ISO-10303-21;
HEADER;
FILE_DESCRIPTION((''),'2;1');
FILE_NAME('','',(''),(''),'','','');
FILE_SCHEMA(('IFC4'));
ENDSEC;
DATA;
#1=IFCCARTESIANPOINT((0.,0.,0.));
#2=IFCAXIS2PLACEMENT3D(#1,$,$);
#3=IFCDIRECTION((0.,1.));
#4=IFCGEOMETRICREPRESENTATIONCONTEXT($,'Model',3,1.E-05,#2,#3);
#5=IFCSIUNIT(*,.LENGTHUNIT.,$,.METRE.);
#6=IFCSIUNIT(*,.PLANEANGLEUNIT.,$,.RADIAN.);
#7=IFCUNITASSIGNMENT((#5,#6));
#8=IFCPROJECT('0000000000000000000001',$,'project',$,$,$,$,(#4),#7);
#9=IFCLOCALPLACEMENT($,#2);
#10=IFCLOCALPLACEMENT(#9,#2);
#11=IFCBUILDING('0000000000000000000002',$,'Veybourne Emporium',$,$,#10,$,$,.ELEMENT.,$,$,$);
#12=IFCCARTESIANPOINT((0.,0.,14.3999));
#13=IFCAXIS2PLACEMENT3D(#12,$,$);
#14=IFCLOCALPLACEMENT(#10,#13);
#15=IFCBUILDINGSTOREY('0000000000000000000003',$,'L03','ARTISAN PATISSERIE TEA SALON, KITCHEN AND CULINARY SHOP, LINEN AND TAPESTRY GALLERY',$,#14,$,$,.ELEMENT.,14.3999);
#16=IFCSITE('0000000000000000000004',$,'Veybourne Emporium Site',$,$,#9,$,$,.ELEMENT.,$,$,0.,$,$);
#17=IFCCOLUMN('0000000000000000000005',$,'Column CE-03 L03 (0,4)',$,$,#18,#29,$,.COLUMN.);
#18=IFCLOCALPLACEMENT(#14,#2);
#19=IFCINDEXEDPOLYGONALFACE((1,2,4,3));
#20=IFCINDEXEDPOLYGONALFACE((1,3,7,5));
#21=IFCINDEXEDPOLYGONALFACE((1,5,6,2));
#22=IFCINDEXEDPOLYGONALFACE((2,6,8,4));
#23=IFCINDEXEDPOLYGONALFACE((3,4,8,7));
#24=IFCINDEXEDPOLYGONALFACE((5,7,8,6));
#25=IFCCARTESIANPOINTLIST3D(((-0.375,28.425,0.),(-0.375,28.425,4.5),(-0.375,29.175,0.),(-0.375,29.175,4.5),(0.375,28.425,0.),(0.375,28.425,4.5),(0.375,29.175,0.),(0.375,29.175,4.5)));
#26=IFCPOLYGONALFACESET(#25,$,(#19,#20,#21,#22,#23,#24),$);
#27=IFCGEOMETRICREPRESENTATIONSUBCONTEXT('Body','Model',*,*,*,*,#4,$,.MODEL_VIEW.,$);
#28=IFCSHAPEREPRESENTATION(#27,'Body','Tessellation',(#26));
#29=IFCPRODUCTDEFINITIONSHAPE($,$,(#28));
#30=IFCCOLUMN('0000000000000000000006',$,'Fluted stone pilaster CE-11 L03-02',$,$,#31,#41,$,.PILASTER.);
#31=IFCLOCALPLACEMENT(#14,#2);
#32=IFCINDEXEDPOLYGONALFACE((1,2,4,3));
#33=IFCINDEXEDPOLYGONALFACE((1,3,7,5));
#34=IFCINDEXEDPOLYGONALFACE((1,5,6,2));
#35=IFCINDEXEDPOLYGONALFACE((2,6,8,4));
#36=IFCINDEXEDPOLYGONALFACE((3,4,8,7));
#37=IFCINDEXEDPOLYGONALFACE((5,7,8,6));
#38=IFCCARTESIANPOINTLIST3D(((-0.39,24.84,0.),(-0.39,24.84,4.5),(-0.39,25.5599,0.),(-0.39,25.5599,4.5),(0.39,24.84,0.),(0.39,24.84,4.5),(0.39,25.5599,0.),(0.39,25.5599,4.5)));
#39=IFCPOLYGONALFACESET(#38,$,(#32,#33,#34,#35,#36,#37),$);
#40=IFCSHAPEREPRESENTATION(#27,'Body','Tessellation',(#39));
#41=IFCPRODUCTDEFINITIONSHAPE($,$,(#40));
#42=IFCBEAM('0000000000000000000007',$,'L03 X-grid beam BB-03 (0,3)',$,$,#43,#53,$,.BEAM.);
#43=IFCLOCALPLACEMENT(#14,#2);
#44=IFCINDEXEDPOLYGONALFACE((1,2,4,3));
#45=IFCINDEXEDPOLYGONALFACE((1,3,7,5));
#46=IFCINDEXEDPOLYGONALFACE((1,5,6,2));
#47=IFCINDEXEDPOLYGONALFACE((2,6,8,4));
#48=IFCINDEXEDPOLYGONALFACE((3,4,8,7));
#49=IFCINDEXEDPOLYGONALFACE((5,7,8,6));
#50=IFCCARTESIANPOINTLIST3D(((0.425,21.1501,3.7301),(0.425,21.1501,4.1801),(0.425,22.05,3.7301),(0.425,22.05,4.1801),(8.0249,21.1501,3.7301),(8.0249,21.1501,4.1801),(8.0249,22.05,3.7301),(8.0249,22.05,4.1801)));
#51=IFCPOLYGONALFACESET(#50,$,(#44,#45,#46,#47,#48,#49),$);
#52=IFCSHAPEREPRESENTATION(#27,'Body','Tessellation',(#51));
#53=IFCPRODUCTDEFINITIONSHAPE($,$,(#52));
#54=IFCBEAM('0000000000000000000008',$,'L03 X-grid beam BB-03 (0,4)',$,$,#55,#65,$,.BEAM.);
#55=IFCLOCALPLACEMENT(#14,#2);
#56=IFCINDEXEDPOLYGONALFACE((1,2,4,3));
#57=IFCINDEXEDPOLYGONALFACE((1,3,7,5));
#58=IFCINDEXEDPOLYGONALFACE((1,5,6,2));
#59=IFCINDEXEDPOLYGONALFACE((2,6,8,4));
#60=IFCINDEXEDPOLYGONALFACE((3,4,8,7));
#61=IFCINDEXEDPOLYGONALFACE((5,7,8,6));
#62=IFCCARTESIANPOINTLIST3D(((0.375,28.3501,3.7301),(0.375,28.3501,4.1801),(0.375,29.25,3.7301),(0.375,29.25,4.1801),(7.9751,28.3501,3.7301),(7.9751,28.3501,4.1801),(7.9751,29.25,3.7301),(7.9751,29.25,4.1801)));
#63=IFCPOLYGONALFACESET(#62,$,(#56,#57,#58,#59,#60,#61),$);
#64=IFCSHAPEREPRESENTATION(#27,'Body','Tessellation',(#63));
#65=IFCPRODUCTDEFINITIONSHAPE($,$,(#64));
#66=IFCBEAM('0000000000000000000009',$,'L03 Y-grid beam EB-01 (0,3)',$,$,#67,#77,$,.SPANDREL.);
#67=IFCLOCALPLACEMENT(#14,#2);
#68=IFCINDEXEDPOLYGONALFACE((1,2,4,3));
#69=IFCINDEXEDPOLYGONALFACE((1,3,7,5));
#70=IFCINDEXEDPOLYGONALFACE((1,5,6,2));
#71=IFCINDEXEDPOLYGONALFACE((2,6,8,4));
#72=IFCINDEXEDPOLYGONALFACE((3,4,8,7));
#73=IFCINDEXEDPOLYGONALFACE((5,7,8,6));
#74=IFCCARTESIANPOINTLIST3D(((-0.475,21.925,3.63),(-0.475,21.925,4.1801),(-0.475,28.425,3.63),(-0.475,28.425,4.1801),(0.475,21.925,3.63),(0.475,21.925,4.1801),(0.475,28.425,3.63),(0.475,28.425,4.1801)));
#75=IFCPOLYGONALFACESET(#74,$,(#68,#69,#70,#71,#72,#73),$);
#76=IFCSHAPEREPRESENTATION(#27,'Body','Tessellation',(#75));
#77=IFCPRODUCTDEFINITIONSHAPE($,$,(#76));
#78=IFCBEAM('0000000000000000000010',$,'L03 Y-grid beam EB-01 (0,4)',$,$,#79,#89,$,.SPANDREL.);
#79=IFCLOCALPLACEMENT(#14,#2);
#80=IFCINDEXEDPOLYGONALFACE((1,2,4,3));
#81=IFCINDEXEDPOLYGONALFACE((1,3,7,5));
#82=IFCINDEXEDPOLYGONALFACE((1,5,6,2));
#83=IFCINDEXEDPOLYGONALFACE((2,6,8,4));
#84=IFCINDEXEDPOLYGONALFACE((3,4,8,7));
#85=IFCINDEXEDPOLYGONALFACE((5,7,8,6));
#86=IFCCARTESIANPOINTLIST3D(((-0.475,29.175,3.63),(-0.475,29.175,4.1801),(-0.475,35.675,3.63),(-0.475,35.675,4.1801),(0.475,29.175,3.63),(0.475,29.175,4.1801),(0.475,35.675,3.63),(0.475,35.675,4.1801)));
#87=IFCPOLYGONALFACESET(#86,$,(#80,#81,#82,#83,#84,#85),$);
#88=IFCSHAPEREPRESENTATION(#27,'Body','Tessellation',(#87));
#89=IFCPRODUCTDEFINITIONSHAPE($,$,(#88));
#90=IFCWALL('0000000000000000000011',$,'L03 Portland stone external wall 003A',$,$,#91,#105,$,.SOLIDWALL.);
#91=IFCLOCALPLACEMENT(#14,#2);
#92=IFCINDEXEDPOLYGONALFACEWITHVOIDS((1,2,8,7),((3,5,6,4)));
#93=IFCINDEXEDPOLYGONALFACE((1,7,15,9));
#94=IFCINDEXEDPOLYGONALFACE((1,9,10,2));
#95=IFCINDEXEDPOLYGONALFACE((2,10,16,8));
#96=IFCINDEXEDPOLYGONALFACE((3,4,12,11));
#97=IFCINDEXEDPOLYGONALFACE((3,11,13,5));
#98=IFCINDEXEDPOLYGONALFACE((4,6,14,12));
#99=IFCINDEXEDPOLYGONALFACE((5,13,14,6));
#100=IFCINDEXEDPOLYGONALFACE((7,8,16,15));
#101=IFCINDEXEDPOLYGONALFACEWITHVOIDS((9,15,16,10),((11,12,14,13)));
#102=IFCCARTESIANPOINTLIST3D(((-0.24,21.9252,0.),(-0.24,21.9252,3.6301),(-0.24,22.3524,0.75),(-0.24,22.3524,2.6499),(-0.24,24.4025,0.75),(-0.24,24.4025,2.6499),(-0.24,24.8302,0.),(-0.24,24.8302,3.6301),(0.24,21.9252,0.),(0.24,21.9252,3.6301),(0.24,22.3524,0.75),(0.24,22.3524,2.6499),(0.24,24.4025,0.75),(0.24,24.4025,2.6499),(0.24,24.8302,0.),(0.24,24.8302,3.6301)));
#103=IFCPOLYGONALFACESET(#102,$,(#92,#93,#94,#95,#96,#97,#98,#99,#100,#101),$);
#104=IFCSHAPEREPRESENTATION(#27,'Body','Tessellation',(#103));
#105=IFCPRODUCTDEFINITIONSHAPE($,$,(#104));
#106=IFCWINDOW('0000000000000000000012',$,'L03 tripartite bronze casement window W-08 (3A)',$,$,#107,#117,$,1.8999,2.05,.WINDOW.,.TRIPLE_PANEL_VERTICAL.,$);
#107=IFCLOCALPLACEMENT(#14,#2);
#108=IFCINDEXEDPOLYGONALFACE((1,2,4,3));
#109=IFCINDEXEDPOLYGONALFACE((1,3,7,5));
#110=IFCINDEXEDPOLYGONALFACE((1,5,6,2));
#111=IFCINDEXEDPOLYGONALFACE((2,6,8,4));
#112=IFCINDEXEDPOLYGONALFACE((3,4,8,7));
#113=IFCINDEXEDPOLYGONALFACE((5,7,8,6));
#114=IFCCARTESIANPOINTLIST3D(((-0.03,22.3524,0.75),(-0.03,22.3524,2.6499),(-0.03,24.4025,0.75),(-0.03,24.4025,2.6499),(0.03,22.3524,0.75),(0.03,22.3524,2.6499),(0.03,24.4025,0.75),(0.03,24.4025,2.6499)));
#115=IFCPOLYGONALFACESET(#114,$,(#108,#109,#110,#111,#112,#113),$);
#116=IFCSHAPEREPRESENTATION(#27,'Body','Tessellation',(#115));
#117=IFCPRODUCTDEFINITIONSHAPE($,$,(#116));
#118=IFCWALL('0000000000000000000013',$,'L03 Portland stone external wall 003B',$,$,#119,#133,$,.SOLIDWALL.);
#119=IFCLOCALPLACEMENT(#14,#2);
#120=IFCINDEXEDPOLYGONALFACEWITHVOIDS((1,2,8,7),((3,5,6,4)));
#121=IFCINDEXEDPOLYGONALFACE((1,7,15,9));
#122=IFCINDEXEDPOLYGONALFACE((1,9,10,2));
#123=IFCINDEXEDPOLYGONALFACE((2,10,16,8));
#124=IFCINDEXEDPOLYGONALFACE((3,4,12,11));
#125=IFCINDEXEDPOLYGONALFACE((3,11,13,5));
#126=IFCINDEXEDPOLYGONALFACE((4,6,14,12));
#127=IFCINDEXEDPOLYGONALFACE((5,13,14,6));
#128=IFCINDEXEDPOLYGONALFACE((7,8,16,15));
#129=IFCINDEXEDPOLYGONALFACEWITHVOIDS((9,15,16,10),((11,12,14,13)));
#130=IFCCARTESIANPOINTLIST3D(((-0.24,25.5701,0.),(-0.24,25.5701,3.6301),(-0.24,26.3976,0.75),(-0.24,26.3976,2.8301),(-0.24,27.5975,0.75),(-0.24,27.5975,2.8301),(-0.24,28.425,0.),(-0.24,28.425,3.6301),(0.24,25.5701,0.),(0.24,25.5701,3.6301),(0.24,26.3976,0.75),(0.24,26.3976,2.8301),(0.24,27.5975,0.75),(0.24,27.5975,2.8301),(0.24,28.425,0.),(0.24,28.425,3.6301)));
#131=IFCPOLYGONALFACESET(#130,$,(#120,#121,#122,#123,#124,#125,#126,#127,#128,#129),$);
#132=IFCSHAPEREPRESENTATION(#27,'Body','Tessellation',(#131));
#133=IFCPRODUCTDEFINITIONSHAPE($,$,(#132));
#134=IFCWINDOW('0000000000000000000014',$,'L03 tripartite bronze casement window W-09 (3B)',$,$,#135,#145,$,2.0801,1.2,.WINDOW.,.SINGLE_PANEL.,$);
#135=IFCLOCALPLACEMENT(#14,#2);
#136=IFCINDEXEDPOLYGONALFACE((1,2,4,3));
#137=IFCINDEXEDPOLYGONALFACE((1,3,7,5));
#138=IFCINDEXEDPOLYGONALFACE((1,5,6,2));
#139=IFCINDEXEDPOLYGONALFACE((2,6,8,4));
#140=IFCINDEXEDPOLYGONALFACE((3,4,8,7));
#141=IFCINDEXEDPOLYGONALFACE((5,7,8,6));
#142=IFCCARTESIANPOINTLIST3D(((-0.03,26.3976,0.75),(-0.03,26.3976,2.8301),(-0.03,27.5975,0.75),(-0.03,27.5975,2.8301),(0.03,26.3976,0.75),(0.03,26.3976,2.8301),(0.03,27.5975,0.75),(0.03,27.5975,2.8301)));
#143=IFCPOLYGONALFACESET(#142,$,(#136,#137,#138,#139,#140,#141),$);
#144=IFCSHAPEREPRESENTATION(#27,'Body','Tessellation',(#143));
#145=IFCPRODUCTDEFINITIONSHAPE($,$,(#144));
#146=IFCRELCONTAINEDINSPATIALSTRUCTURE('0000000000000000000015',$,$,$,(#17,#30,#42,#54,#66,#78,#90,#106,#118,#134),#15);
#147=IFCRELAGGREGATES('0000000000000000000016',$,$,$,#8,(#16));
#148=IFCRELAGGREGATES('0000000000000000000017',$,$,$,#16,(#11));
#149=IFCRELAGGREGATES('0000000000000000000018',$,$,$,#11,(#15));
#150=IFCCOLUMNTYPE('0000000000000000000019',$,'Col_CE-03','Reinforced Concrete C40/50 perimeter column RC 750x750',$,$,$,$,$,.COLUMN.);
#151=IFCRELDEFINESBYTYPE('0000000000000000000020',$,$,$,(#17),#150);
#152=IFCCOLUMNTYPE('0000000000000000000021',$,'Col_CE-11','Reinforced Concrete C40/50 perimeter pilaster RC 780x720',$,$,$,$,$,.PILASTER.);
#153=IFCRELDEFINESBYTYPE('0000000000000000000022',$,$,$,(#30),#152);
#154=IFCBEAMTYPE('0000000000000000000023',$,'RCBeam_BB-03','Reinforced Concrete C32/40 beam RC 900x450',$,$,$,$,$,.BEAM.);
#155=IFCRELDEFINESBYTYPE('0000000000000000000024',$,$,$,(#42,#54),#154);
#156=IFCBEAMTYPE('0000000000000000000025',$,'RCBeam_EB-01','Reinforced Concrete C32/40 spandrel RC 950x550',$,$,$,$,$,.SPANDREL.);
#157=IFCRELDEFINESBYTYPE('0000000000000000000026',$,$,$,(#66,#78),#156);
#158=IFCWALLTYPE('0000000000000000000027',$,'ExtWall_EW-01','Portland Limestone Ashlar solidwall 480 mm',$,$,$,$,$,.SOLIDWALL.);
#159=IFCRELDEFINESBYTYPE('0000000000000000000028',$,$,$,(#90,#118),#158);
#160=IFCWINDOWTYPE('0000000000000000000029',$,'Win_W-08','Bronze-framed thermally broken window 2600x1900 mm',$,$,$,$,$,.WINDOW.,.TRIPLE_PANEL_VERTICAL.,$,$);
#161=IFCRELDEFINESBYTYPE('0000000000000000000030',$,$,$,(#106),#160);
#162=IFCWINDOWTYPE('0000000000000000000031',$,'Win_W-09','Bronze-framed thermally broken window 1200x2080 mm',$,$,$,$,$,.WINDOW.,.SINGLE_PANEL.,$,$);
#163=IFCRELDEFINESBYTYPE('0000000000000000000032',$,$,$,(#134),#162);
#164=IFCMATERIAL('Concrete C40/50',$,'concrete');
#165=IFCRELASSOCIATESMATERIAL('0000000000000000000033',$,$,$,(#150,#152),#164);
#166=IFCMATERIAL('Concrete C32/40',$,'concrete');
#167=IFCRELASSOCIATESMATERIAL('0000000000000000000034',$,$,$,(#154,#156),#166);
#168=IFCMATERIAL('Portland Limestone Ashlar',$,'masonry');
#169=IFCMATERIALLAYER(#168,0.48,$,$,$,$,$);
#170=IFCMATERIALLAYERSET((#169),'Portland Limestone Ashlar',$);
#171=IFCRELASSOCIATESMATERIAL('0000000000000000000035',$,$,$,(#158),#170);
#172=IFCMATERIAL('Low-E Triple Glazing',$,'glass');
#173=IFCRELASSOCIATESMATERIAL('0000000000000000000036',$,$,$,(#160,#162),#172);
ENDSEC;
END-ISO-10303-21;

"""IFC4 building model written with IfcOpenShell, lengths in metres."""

from ifc_helpers import new_model, si_unit, direction, frame, frame_2d, origin, origin_2d, place, context, subcontext, project, spatial, rectangle, extrude, material, layer, layer_set, material_profile, profile_set, type_object, element, fill, save


model = new_model("IFC4")

# Units and contexts
model_context = context("Model", 3, precision=1e-05, world=origin(), true_north=direction((0.0, 1.0)))
body_context = subcontext(model_context, "Body", "Model", "MODEL_VIEW")
ifc_project = project(units=[si_unit("LENGTHUNIT", "METRE"), si_unit("PLANEANGLEUNIT", "RADIAN")], contexts=[model_context])

# Site, building, storey
site_placement = place(None, origin())
site = spatial("IfcSite", under=ifc_project, at=site_placement, Name="Veybourne Emporium Site", CompositionType="ELEMENT", RefElevation=0.0)
building_placement = place(site_placement, origin())
building = spatial("IfcBuilding", under=site, at=building_placement, Name="Veybourne Emporium", CompositionType="ELEMENT")
storey_placement = place(building_placement, frame((0.0, 0.0, 14.3999)))
storey = spatial("IfcBuildingStorey", under=building, at=storey_placement, Name="L03", Description="ARTISAN PATISSERIE TEA SALON, KITCHEN AND CULINARY SHOP, LINEN AND TAPESTRY GALLERY", CompositionType="ELEMENT", Elevation=14.3999)

# Columns
ifc_material_1 = material(Name="Concrete C40/50", Category="concrete")
ifc_material_profile_1 = material_profile(ifc_material_1, rectangle(XDim=0.75, YDim=0.75, at=origin_2d()), Name="RC 750x750")
ifc_profile_set_1 = profile_set([ifc_material_profile_1], Name="Concrete C40/50")
column_type_1 = type_object("IfcColumnType", Name="Col_CE-03", Description="Reinforced Concrete C40/50 perimeter column RC 750x750", PredefinedType="COLUMN", material=ifc_profile_set_1)
column_1_placement = place(storey_placement, frame((0.0, 28.8, 0.0), z_axis=(0.0, 0.0, 1.0), x_axis=(1.0, 0.0, 0.0)))
element("IfcColumn", 1, at=column_1_placement, inside=storey, type_object=column_type_1, Name="Column CE-03 L03 (0,4)", PredefinedType="COLUMN", context=body_context, shape_type="SweptSolid", body=[
    extrude(rectangle(XDim=0.75, YDim=0.75, at=origin_2d()), origin(), (0.0, 0.0, 1.0), 4.5),
])
ifc_material_profile_2 = material_profile(ifc_material_1, rectangle(XDim=0.78, YDim=0.72, at=origin_2d()), Name="RC 780x720")
ifc_profile_set_2 = profile_set([ifc_material_profile_2], Name="Concrete C40/50")
column_type_2 = type_object("IfcColumnType", Name="Col_CE-11", Description="Reinforced Concrete C40/50 perimeter pilaster RC 780x720", PredefinedType="PILASTER", material=ifc_profile_set_2)
column_2_placement = place(storey_placement, frame((0.0, 25.2, 0.0), z_axis=(0.0, 0.0, 1.0), x_axis=(1.0, 0.0, 0.0)))
element("IfcColumn", 2, at=column_2_placement, inside=storey, type_object=column_type_2, Name="Fluted stone pilaster CE-11 L03-02", PredefinedType="PILASTER", context=body_context, shape_type="SweptSolid", body=[
    extrude(rectangle(XDim=0.78, YDim=0.72, at=origin_2d()), origin(), (0.0, 0.0, 1.0), 4.5),
])

# Beams
ifc_material_2 = material(Name="Concrete C32/40", Category="concrete")
ifc_material_profile_3 = material_profile(ifc_material_2, rectangle(XDim=0.8999, YDim=0.45, at=origin_2d()), Name="RC 900x450")
ifc_profile_set_3 = profile_set([ifc_material_profile_3], Name="Concrete C32/40")
beam_type_1 = type_object("IfcBeamType", Name="RCBeam_BB-03", Description="Reinforced Concrete C32/40 beam RC 900x450", PredefinedType="BEAM", material=ifc_profile_set_3)
beam_1_placement = place(storey_placement, frame((0.425, 21.6001, 3.9551), z_axis=(1.0, 0.0, 0.0), x_axis=(0.0, 1.0, 0.0)))
element("IfcBeam", 3, at=beam_1_placement, inside=storey, type_object=beam_type_1, Name="L03 X-grid beam BB-03 (0,3)", PredefinedType="BEAM", context=body_context, shape_type="SweptSolid", body=[
    extrude(rectangle(XDim=0.8999, YDim=0.45, at=origin_2d()), origin(), (0.0, 0.0, 1.0), 7.5999),
])
beam_2_placement = place(storey_placement, frame((0.375, 28.8, 3.9551), z_axis=(1.0, 0.0, 0.0), x_axis=(0.0, 1.0, 0.0)))
element("IfcBeam", 4, at=beam_2_placement, inside=storey, type_object=beam_type_1, Name="L03 X-grid beam BB-03 (0,4)", PredefinedType="BEAM", context=body_context, shape_type="SweptSolid", body=[
    extrude(rectangle(XDim=0.8999, YDim=0.45, at=origin_2d()), origin(), (0.0, 0.0, 1.0), 7.6001),
])
ifc_material_profile_4 = material_profile(ifc_material_2, rectangle(XDim=0.95, YDim=0.55, at=origin_2d()), Name="RC 950x550")
ifc_profile_set_4 = profile_set([ifc_material_profile_4], Name="Concrete C32/40")
beam_type_2 = type_object("IfcBeamType", Name="RCBeam_EB-01", Description="Reinforced Concrete C32/40 spandrel RC 950x550", PredefinedType="SPANDREL", material=ifc_profile_set_4)
for number, where, z_axis, x_axis, name in (
    (5, (0.0, 21.925, 3.905), (0.0, 1.0, 0.0), (-1.0, 0.0, 0.0), "L03 Y-grid beam EB-01 (0,3)"),
    (6, (0.0, 29.175, 3.905), (0.0, 1.0, 0.0), (-1.0, 0.0, 0.0), "L03 Y-grid beam EB-01 (0,4)"),
):
    element("IfcBeam", number, at=place(storey_placement, frame(where, z_axis=z_axis, x_axis=x_axis)), inside=storey, type_object=beam_type_2, Name=name, PredefinedType="SPANDREL", context=body_context, shape_type="SweptSolid", body=[
        extrude(rectangle(XDim=0.95, YDim=0.55, at=origin_2d()), origin(), (0.0, 0.0, 1.0), 6.5),
    ])

# Walls, openings, windows
ifc_material_3 = material(Name="Portland Limestone Ashlar", Category="masonry")
ifc_layer_1 = layer(ifc_material_3, 0.48)
ifc_layer_set_1 = layer_set([ifc_layer_1], Name="Portland Limestone Ashlar")
wall_type_1 = type_object("IfcWallType", Name="ExtWall_EW-01", Description="Portland Limestone Ashlar solidwall 480 mm", PredefinedType="SOLIDWALL", material=ifc_layer_set_1)
wall_1_placement = place(storey_placement, frame((0.0, 21.925, 0.0), z_axis=(0.0, 0.0, 1.0), x_axis=(0.0, 1.0, 0.0)))
wall_1 = element("IfcWall", 7, at=wall_1_placement, inside=storey, type_object=wall_type_1, Name="L03 Portland stone external wall 003A", PredefinedType="SOLIDWALL", context=body_context, shape_type="SweptSolid", body=[
    extrude(rectangle(XDim=2.905, YDim=0.48, at=frame_2d((1.4526, 0.0))), origin(), (0.0, 0.0, 1.0), 3.6301),
])
opening_1_placement = place(wall_1_placement, frame((0.4275, 0.0, 0.75)))
opening_1 = element("IfcOpeningElement", 8, at=opening_1_placement, cuts=wall_1, PredefinedType="OPENING", context=body_context, shape_type="SweptSolid", body=[
    extrude(rectangle(XDim=2.05, YDim=1.8999, at=frame_2d((1.0249, 0.95))), frame((0.0, 0.26, 0.0), z_axis=(0.0, -1.0, 0.0), x_axis=(1.0, 0.0, 0.0)), (0.0, 0.0, 1.0), 0.52),
])
ifc_material_4 = material(Name="Low-E Triple Glazing", Category="glass")
window_type_1 = type_object("IfcWindowType", Name="Win_W-08", Description="Bronze-framed thermally broken window 2600x1900 mm", PartitioningType="TRIPLE_PANEL_VERTICAL", PredefinedType="WINDOW", material=ifc_material_4)
window_1_placement = place(opening_1_placement, origin())
window_1 = element("IfcWindow", 9, at=window_1_placement, inside=storey, type_object=window_type_1, Name="L03 tripartite bronze casement window W-08 (3A)", OverallHeight=1.8999, OverallWidth=2.05, PartitioningType="TRIPLE_PANEL_VERTICAL", PredefinedType="WINDOW", context=body_context, shape_type="SweptSolid", body=[
    extrude(rectangle(XDim=2.05, YDim=1.8999, at=frame_2d((1.0249, 0.95))), frame((0.0, 0.03, 0.0), z_axis=(0.0, -1.0, 0.0), x_axis=(1.0, 0.0, 0.0)), (0.0, 0.0, 1.0), 0.0601),
])
fill(opening_1, window_1)
wall_2_placement = place(storey_placement, frame((0.0, 25.5701, 0.0), z_axis=(0.0, 0.0, 1.0), x_axis=(0.0, 1.0, 0.0)))
wall_2 = element("IfcWall", 10, at=wall_2_placement, inside=storey, type_object=wall_type_1, Name="L03 Portland stone external wall 003B", PredefinedType="SOLIDWALL", context=body_context, shape_type="SweptSolid", body=[
    extrude(rectangle(XDim=2.855, YDim=0.48, at=frame_2d((1.4275, 0.0))), origin(), (0.0, 0.0, 1.0), 3.6301),
])
opening_2_placement = place(wall_2_placement, frame((0.8274, 0.0, 0.75)))
opening_2 = element("IfcOpeningElement", 11, at=opening_2_placement, cuts=wall_2, PredefinedType="OPENING", context=body_context, shape_type="SweptSolid", body=[
    extrude(rectangle(XDim=1.2, YDim=2.0801, at=frame_2d((0.6001, 1.04))), frame((0.0, 0.26, 0.0), z_axis=(0.0, -1.0, 0.0), x_axis=(1.0, 0.0, 0.0)), (0.0, 0.0, 1.0), 0.52),
])
window_type_2 = type_object("IfcWindowType", Name="Win_W-09", Description="Bronze-framed thermally broken window 1200x2080 mm", PartitioningType="SINGLE_PANEL", PredefinedType="WINDOW", material=ifc_material_4)
window_2_placement = place(opening_2_placement, origin())
window_2 = element("IfcWindow", 12, at=window_2_placement, inside=storey, type_object=window_type_2, Name="L03 tripartite bronze casement window W-09 (3B)", OverallHeight=2.0801, OverallWidth=1.2, PartitioningType="SINGLE_PANEL", PredefinedType="WINDOW", context=body_context, shape_type="SweptSolid", body=[
    extrude(rectangle(XDim=1.2, YDim=2.0801, at=frame_2d((0.6001, 1.04))), frame((0.0, 0.03, 0.0), z_axis=(0.0, -1.0, 0.0), x_axis=(1.0, 0.0, 0.0)), (0.0, 0.0, 1.0), 0.0601),
])
fill(opening_2, window_2)

save(model, "model.ifc")
